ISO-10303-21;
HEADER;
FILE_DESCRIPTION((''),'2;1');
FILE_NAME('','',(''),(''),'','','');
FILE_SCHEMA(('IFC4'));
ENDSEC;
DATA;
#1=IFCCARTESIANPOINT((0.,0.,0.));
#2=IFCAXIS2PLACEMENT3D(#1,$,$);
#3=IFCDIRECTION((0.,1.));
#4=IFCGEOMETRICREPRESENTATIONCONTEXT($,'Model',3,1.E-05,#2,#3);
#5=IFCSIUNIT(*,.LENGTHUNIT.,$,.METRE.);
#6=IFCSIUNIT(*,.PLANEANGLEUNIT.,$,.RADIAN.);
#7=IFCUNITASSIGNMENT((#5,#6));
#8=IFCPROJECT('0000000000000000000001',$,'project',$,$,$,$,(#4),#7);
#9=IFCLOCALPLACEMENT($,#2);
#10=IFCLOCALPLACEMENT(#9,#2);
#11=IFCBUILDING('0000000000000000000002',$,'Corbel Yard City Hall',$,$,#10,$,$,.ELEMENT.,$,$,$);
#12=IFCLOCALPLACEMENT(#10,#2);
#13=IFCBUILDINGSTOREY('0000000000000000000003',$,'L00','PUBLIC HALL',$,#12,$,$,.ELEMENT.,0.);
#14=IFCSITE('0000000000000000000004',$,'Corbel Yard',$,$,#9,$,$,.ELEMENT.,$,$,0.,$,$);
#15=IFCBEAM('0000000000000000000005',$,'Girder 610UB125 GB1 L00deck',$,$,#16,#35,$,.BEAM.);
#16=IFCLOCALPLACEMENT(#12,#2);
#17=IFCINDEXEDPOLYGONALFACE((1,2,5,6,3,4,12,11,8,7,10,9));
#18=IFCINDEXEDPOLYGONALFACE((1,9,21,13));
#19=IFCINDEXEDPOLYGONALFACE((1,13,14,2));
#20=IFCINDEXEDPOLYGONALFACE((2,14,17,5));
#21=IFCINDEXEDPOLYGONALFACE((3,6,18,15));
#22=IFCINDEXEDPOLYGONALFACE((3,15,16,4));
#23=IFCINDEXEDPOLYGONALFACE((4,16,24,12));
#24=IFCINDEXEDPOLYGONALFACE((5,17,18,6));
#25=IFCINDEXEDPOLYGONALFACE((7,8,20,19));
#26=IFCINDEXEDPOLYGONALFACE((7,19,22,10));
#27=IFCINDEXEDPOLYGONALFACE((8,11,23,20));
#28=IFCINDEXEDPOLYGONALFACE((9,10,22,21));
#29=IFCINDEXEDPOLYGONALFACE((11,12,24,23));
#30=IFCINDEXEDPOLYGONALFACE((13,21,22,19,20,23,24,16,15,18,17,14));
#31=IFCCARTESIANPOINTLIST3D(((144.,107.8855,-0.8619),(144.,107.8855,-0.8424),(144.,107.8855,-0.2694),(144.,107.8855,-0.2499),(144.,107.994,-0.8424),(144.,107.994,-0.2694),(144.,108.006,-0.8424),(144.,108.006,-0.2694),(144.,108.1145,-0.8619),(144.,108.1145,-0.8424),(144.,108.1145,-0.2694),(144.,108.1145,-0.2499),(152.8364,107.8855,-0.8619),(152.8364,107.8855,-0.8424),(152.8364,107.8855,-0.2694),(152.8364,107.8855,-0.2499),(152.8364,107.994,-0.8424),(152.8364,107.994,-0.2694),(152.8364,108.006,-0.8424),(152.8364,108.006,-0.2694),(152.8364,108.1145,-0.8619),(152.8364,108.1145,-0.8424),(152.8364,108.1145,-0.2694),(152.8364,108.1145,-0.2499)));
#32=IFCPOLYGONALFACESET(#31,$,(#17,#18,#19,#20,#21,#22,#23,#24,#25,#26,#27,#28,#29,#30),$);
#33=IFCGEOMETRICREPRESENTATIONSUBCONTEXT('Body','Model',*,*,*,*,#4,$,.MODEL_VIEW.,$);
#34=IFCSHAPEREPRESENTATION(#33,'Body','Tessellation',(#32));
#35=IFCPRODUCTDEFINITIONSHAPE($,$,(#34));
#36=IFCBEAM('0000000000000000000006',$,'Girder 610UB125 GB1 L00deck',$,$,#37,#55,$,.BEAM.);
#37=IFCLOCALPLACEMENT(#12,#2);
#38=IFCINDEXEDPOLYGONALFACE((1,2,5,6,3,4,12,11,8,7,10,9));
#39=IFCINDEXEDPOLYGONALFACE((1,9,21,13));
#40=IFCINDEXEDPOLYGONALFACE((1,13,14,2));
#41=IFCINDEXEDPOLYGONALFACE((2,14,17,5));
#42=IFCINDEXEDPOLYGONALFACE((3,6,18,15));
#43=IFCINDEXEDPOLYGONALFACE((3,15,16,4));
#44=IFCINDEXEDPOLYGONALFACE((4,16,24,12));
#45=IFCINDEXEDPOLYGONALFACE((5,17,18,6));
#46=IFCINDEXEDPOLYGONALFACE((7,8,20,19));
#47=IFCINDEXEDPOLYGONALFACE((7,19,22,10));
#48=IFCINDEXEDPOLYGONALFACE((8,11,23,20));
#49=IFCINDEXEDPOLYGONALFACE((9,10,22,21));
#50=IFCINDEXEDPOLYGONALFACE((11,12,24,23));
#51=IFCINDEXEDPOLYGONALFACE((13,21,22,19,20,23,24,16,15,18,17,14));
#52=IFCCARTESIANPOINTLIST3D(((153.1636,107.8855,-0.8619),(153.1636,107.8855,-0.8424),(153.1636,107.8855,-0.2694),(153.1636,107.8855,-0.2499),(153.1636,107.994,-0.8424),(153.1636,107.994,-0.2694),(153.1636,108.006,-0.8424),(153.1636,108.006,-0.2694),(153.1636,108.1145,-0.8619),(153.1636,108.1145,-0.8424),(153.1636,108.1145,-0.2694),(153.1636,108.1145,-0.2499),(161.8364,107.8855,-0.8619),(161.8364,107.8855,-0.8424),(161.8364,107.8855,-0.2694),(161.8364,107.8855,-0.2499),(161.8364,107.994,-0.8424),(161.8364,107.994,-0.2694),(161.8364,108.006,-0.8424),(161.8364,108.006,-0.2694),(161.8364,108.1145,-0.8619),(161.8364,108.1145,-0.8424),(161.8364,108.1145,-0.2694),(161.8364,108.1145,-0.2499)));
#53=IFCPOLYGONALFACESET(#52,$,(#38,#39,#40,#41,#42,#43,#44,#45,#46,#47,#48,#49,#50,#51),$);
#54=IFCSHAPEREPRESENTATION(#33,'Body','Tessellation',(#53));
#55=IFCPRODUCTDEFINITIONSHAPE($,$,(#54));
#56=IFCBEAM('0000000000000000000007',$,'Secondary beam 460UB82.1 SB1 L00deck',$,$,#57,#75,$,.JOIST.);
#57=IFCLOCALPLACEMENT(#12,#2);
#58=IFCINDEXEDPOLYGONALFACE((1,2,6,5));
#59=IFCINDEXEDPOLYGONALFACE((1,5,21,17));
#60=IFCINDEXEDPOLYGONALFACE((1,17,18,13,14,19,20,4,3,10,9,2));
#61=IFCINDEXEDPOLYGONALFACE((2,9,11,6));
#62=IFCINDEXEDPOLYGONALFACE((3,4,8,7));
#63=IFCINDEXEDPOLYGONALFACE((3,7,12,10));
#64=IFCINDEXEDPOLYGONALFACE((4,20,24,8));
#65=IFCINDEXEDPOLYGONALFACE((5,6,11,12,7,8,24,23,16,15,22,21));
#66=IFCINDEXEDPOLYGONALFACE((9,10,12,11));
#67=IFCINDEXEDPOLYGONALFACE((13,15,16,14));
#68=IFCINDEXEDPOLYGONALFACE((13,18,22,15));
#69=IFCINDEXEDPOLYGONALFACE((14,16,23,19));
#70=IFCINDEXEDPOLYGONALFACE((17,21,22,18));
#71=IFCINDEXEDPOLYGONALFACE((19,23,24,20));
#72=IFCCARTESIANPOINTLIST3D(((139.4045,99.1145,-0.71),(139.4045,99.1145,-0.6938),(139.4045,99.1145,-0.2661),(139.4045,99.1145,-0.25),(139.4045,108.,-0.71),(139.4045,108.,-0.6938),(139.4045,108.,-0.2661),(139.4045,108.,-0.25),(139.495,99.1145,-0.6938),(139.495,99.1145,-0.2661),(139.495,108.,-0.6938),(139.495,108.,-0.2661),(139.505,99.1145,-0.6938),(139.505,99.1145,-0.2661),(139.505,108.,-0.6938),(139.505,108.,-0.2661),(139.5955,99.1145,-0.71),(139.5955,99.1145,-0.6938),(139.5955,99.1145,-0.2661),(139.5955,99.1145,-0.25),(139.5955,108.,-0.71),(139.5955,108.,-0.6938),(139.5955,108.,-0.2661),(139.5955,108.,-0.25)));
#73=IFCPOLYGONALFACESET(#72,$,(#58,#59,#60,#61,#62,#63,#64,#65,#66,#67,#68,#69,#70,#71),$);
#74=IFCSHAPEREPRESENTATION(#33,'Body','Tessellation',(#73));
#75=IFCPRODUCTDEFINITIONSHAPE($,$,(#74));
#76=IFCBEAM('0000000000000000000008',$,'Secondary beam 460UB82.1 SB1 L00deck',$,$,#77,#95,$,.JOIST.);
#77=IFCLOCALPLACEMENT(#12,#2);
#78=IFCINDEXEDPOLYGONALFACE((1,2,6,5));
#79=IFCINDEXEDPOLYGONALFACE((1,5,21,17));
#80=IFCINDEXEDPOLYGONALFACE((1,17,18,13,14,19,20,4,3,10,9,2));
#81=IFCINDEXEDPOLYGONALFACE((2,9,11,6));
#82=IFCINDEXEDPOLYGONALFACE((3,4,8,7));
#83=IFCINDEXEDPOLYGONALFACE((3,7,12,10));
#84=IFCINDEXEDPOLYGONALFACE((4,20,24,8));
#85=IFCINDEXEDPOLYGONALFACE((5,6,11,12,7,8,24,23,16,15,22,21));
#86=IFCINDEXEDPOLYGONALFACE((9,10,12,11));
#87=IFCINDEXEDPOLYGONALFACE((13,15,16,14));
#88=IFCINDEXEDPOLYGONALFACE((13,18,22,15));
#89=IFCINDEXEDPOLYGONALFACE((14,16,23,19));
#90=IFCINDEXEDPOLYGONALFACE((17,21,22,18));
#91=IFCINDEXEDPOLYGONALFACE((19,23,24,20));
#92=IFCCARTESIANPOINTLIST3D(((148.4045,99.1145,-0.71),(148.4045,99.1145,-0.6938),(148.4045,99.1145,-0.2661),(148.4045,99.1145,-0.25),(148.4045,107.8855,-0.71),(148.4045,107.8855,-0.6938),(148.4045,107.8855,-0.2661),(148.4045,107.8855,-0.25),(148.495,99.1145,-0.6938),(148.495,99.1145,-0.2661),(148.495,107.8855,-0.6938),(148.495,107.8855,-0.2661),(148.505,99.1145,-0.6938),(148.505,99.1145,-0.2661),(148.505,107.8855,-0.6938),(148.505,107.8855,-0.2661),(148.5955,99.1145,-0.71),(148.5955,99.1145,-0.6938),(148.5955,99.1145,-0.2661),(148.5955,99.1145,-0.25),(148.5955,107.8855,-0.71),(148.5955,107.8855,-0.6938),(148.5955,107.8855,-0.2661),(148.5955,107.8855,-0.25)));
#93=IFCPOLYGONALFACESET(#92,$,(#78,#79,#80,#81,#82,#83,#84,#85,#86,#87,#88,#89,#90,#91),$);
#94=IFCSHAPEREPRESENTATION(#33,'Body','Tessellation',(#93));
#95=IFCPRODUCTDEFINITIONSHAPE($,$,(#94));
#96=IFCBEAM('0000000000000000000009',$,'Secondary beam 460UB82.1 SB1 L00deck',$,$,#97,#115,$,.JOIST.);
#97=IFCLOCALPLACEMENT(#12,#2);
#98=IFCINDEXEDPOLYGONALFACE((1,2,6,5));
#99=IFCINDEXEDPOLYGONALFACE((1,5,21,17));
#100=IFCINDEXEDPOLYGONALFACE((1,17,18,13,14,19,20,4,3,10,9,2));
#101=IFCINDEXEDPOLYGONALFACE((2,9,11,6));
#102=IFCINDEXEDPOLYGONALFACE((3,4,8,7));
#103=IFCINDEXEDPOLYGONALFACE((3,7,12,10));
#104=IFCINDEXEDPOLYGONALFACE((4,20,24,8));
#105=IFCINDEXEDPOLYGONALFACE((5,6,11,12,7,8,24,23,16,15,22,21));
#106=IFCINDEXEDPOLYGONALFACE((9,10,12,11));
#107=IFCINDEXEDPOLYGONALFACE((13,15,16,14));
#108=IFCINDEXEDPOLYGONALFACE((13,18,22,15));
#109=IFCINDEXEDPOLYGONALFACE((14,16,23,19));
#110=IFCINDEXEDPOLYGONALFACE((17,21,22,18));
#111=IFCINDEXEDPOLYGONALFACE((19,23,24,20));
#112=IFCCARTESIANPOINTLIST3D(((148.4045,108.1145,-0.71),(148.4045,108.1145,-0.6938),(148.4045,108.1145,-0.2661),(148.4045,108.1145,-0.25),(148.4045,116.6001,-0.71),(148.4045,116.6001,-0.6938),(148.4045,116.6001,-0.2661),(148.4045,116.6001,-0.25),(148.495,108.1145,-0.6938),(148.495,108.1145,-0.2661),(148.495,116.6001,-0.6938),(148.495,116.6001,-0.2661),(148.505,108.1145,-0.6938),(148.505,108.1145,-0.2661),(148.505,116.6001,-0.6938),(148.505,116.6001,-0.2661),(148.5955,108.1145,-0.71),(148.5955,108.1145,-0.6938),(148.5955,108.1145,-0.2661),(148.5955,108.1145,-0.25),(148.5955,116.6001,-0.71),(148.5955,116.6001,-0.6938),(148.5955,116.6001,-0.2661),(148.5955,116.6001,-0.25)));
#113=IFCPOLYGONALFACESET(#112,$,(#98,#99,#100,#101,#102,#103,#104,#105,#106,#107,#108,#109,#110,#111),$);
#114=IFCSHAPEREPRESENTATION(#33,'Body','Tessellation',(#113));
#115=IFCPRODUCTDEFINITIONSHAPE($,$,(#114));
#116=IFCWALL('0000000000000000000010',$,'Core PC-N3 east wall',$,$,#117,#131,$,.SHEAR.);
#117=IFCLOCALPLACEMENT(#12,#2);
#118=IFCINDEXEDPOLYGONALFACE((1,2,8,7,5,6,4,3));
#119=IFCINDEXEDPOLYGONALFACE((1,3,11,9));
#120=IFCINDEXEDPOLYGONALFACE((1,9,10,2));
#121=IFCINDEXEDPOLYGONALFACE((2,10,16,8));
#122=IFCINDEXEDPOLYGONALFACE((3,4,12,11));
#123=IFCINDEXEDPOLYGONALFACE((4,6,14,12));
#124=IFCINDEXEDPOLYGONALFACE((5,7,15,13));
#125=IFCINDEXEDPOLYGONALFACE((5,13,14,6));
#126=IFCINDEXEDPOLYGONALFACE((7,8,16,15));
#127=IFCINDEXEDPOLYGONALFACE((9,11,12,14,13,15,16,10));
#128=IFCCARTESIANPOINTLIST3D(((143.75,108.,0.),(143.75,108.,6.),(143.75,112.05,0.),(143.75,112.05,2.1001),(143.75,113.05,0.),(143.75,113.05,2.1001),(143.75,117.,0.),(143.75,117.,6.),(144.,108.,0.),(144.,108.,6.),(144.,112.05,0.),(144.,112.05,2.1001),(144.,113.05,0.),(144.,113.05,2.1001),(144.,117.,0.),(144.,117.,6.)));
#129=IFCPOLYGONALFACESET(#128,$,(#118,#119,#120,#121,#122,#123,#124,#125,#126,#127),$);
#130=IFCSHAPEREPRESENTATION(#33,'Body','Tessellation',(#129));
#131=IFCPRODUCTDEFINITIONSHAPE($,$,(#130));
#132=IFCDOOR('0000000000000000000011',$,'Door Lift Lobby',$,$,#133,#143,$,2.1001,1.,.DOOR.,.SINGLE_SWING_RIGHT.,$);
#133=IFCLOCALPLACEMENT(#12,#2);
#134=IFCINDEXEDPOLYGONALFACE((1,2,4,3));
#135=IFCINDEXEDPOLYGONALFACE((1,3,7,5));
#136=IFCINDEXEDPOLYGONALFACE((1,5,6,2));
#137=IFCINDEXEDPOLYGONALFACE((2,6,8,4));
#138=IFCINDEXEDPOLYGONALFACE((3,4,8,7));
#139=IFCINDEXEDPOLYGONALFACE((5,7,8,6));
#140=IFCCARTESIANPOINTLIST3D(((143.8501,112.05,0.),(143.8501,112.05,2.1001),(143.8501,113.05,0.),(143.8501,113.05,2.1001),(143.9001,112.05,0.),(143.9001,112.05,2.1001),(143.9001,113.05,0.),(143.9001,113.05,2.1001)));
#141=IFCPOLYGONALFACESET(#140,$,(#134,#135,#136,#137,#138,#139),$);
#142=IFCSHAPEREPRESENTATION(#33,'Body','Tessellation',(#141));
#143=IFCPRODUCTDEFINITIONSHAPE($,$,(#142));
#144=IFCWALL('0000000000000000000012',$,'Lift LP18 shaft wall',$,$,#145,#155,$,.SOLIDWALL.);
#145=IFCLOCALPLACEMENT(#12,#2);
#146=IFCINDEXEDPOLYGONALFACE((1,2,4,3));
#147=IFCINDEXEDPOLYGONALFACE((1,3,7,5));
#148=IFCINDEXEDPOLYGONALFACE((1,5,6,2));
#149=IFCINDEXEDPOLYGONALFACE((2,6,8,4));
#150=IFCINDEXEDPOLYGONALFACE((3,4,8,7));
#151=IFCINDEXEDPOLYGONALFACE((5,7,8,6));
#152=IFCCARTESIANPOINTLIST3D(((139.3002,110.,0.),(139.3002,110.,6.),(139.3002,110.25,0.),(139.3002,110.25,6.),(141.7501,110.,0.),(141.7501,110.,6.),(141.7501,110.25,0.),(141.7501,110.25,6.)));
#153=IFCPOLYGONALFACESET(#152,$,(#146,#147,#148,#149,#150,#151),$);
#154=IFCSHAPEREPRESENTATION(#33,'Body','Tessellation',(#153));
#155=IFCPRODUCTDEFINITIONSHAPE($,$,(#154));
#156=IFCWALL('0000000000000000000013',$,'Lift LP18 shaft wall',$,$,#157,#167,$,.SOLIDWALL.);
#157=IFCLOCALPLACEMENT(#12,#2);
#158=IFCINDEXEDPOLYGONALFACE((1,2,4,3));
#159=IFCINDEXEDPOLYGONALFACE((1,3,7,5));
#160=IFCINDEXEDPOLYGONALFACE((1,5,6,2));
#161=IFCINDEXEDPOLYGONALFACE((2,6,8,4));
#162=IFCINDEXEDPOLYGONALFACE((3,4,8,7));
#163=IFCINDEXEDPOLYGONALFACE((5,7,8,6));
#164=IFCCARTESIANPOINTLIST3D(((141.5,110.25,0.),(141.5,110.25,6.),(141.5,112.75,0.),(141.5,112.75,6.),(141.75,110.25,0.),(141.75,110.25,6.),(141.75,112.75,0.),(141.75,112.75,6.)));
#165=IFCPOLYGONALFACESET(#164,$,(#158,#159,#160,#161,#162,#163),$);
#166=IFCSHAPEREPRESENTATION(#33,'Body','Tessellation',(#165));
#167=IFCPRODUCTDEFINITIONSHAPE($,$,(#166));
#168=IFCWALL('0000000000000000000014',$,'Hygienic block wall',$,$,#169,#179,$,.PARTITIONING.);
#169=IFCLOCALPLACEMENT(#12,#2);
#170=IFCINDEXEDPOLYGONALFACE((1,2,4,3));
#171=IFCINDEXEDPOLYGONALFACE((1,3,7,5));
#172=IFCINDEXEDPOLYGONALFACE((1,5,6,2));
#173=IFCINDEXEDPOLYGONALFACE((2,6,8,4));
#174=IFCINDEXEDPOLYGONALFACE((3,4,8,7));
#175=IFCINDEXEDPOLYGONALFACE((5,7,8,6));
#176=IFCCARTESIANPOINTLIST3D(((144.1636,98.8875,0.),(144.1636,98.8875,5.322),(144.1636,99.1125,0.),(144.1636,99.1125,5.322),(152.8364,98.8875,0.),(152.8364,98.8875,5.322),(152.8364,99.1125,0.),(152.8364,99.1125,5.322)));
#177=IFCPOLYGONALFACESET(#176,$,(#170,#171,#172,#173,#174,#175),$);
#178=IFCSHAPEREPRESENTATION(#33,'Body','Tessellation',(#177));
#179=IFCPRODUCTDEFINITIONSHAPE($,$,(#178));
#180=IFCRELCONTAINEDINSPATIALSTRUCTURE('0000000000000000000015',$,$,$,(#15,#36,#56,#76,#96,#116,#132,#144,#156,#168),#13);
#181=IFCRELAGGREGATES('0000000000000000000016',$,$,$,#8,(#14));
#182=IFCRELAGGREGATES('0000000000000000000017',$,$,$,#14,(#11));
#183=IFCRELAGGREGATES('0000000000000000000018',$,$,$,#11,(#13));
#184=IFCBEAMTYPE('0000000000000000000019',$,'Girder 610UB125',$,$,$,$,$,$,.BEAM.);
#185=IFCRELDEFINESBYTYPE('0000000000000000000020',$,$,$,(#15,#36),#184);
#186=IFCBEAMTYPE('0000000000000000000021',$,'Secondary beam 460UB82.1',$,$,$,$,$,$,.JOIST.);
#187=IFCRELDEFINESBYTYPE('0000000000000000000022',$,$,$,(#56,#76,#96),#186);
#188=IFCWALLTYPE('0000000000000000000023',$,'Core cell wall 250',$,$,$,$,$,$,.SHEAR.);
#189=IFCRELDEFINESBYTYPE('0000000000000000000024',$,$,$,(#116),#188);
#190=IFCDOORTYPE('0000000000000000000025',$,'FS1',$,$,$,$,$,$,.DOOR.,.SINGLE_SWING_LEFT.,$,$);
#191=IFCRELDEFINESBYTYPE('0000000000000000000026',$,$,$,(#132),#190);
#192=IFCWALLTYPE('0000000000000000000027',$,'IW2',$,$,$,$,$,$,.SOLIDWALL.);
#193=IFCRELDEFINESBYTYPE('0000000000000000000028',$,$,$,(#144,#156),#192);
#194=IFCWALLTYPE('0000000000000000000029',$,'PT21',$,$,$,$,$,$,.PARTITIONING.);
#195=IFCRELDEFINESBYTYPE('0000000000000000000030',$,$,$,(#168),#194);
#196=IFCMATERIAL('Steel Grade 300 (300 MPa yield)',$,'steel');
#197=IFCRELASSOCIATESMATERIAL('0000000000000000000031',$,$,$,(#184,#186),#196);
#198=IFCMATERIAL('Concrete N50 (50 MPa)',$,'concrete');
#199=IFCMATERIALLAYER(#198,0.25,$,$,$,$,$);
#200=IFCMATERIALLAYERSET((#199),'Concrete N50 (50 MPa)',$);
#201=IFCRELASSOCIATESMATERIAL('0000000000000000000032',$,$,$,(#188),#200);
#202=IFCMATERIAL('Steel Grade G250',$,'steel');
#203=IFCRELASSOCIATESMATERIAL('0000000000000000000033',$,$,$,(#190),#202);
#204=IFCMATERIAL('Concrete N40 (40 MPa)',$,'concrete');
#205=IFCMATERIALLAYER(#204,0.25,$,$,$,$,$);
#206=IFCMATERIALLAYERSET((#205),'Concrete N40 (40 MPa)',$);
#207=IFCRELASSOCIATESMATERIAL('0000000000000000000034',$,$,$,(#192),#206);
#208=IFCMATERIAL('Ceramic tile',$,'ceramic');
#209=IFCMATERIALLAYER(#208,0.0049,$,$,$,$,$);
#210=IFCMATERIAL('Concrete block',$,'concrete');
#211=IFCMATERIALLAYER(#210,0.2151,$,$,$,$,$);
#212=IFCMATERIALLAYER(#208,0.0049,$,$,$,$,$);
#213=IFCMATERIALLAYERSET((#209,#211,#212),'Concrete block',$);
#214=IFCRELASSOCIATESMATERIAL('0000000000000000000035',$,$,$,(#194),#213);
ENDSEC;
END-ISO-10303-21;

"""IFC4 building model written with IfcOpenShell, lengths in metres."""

from ifc_helpers import new_model, si_unit, direction, frame, frame_2d, origin, origin_2d, place, context, subcontext, project, spatial, rectangle, i_section, extrude, material, layer, layer_set, material_profile, profile_set, type_object, element, fill, save


model = new_model("IFC4")

# Units and contexts
model_context = context("Model", 3, precision=1e-05, world=origin(), true_north=direction((0.0, 1.0)))
body_context = subcontext(model_context, "Body", "Model", "MODEL_VIEW")
ifc_project = project(units=[si_unit("LENGTHUNIT", "METRE"), si_unit("PLANEANGLEUNIT", "RADIAN")], contexts=[model_context])

# Site, building, storey
site_placement = place(None, origin())
site = spatial("IfcSite", under=ifc_project, at=site_placement, Name="Corbel Yard", CompositionType="ELEMENT", RefElevation=0.0)
building_placement = place(site_placement, origin())
building = spatial("IfcBuilding", under=site, at=building_placement, Name="Corbel Yard City Hall", CompositionType="ELEMENT")
storey_placement = place(building_placement, origin())
storey = spatial("IfcBuildingStorey", under=building, at=storey_placement, Name="L00", Description="PUBLIC HALL", CompositionType="ELEMENT", Elevation=0.0)

# Shared definitions
ifc_material_1 = material(Name="Steel Grade 300 (300 MPa yield)", Category="steel")

# Beams
ifc_material_profile_1 = material_profile(ifc_material_1, i_section(OverallWidth=0.229, OverallDepth=0.6121, WebThickness=0.012, FlangeThickness=0.0195, at=origin_2d()), Name="610UB125")
ifc_profile_set_1 = profile_set([ifc_material_profile_1], Name="Steel Grade 300 (300 MPa yield)")
beam_type_1 = type_object("IfcBeamType", Name="Girder 610UB125", PredefinedType="BEAM", material=ifc_profile_set_1)
beam_1_placement = place(storey_placement, frame((144.0, 108.0, -0.5559), z_axis=(1.0, 0.0, 0.0), x_axis=(0.0, 1.0, 0.0)))
element("IfcBeam", 1, at=beam_1_placement, inside=storey, type_object=beam_type_1, Name="Girder 610UB125 GB1 L00deck", PredefinedType="BEAM", context=body_context, shape_type="SweptSolid", body=[
    extrude(i_section(OverallWidth=0.229, OverallDepth=0.6121, WebThickness=0.012, FlangeThickness=0.0195, at=origin_2d()), origin(), (0.0, 0.0, 1.0), 8.8364),
])
beam_2_placement = place(storey_placement, frame((153.1636, 108.0, -0.5559), z_axis=(1.0, 0.0, 0.0), x_axis=(0.0, 1.0, 0.0)))
element("IfcBeam", 2, at=beam_2_placement, inside=storey, type_object=beam_type_1, Name="Girder 610UB125 GB1 L00deck", PredefinedType="BEAM", context=body_context, shape_type="SweptSolid", body=[
    extrude(i_section(OverallWidth=0.229, OverallDepth=0.6121, WebThickness=0.012, FlangeThickness=0.0195, at=origin_2d()), origin(), (0.0, 0.0, 1.0), 8.6729),
])
ifc_material_profile_2 = material_profile(ifc_material_1, i_section(OverallWidth=0.1909, OverallDepth=0.46, WebThickness=0.01, FlangeThickness=0.0161, at=origin_2d()), Name="460UB82.1")
ifc_profile_set_2 = profile_set([ifc_material_profile_2], Name="Steel Grade 300 (300 MPa yield)")
beam_type_2 = type_object("IfcBeamType", Name="Secondary beam 460UB82.1", PredefinedType="JOIST", material=ifc_profile_set_2)
beam_3_placement = place(storey_placement, frame((139.5, 99.1145, -0.48), z_axis=(0.0, 1.0, 0.0), x_axis=(-1.0, 0.0, 0.0)))
element("IfcBeam", 3, at=beam_3_placement, inside=storey, type_object=beam_type_2, Name="Secondary beam 460UB82.1 SB1 L00deck", PredefinedType="JOIST", context=body_context, shape_type="SweptSolid", body=[
    extrude(i_section(OverallWidth=0.1909, OverallDepth=0.46, WebThickness=0.01, FlangeThickness=0.0161, at=origin_2d()), origin(), (0.0, 0.0, 1.0), 8.8855),
])
beam_4_placement = place(storey_placement, frame((148.5, 99.1145, -0.48), z_axis=(0.0, 1.0, 0.0), x_axis=(-1.0, 0.0, 0.0)))
element("IfcBeam", 4, at=beam_4_placement, inside=storey, type_object=beam_type_2, Name="Secondary beam 460UB82.1 SB1 L00deck", PredefinedType="JOIST", context=body_context, shape_type="SweptSolid", body=[
    extrude(i_section(OverallWidth=0.1909, OverallDepth=0.46, WebThickness=0.01, FlangeThickness=0.0161, at=origin_2d()), origin(), (0.0, 0.0, 1.0), 8.771),
])
beam_5_placement = place(storey_placement, frame((148.5, 108.1145, -0.48), z_axis=(0.0, 1.0, 0.0), x_axis=(-1.0, 0.0, 0.0)))
element("IfcBeam", 5, at=beam_5_placement, inside=storey, type_object=beam_type_2, Name="Secondary beam 460UB82.1 SB1 L00deck", PredefinedType="JOIST", context=body_context, shape_type="SweptSolid", body=[
    extrude(i_section(OverallWidth=0.1909, OverallDepth=0.46, WebThickness=0.01, FlangeThickness=0.0161, at=origin_2d()), origin(), (0.0, 0.0, 1.0), 8.4856),
])

# Wall, opening, door
ifc_material_2 = material(Name="Concrete N50 (50 MPa)", Category="concrete")
ifc_layer_1 = layer(ifc_material_2, 0.25)
ifc_layer_set_1 = layer_set([ifc_layer_1], Name="Concrete N50 (50 MPa)")
wall_type_1 = type_object("IfcWallType", Name="Core cell wall 250", PredefinedType="SHEAR", material=ifc_layer_set_1)
wall_1_placement = place(storey_placement, frame((143.875, 108.0, 0.0), z_axis=(0.0, 0.0, 1.0), x_axis=(0.0, 1.0, 0.0)))
wall_1 = element("IfcWall", 6, at=wall_1_placement, inside=storey, type_object=wall_type_1, Name="Core PC-N3 east wall", PredefinedType="SHEAR", context=body_context, shape_type="SweptSolid", body=[
    extrude(rectangle(XDim=9.0, YDim=0.25, at=frame_2d((4.5, 0.0))), origin(), (0.0, 0.0, 1.0), 6.0),
])
opening_1_placement = place(wall_1_placement, frame((4.05, 0.0, 0.0)))
opening_1 = element("IfcOpeningElement", 7, at=opening_1_placement, cuts=wall_1, PredefinedType="OPENING", context=body_context, shape_type="SweptSolid", body=[
    extrude(rectangle(XDim=1.0, YDim=2.1001, at=frame_2d((0.5, 1.05))), frame((0.0, 0.135, 0.0), z_axis=(0.0, -1.0, 0.0), x_axis=(1.0, 0.0, 0.0)), (0.0, 0.0, 1.0), 0.27),
])
ifc_material_3 = material(Name="Steel Grade G250", Category="steel")
door_type_1 = type_object("IfcDoorType", Name="FS1", OperationType="SINGLE_SWING_LEFT", PredefinedType="DOOR", material=ifc_material_3)
door_1_placement = place(opening_1_placement, origin())
door_1 = element("IfcDoor", 8, at=door_1_placement, inside=storey, type_object=door_type_1, Name="Door Lift Lobby", OperationType="SINGLE_SWING_RIGHT", OverallHeight=2.1001, OverallWidth=1.0, PredefinedType="DOOR", context=body_context, shape_type="SweptSolid", body=[
    extrude(rectangle(XDim=1.0, YDim=2.1001, at=frame_2d((0.5, 1.05))), frame((0.0, 0.0249, 0.0), z_axis=(0.0, -1.0, 0.0), x_axis=(1.0, 0.0, 0.0)), (0.0, 0.0, 1.0), 0.05),
])
fill(opening_1, door_1)

# Walls
ifc_material_4 = material(Name="Concrete N40 (40 MPa)", Category="concrete")
ifc_layer_2 = layer(ifc_material_4, 0.25)
ifc_layer_set_2 = layer_set([ifc_layer_2], Name="Concrete N40 (40 MPa)")
wall_type_2 = type_object("IfcWallType", Name="IW2", PredefinedType="SOLIDWALL", material=ifc_layer_set_2)
wall_2_placement = place(storey_placement, frame((139.3, 110.125, 0.0), z_axis=(0.0, 0.0, 1.0), x_axis=(1.0, 0.0, 0.0)))
element("IfcWall", 9, at=wall_2_placement, inside=storey, type_object=wall_type_2, Name="Lift LP18 shaft wall", PredefinedType="SOLIDWALL", context=body_context, shape_type="SweptSolid", body=[
    extrude(rectangle(XDim=2.45, YDim=0.25, at=frame_2d((1.2251, 0.0))), origin(), (0.0, 0.0, 1.0), 6.0),
])
wall_3_placement = place(storey_placement, frame((141.625, 110.25, 0.0), z_axis=(0.0, 0.0, 1.0), x_axis=(0.0, 1.0, 0.0)))
element("IfcWall", 10, at=wall_3_placement, inside=storey, type_object=wall_type_2, Name="Lift LP18 shaft wall", PredefinedType="SOLIDWALL", context=body_context, shape_type="SweptSolid", body=[
    extrude(rectangle(XDim=2.5, YDim=0.25, at=frame_2d((1.25, 0.0))), origin(), (0.0, 0.0, 1.0), 6.0),
])
ifc_material_5 = material(Name="Ceramic tile", Category="ceramic")
ifc_layer_3 = layer(ifc_material_5, 0.0049)
ifc_material_6 = material(Name="Concrete block", Category="concrete")
ifc_layer_4 = layer(ifc_material_6, 0.2151)
ifc_layer_5 = layer(ifc_material_5, 0.0049)
ifc_layer_set_3 = layer_set([ifc_layer_3, ifc_layer_4, ifc_layer_5], Name="Concrete block")
wall_type_3 = type_object("IfcWallType", Name="PT21", PredefinedType="PARTITIONING", material=ifc_layer_set_3)
wall_4_placement = place(storey_placement, frame((144.1636, 99.0, 0.0), z_axis=(0.0, 0.0, 1.0), x_axis=(1.0, 0.0, 0.0)))
element("IfcWall", 11, at=wall_4_placement, inside=storey, type_object=wall_type_3, Name="Hygienic block wall", PredefinedType="PARTITIONING", context=body_context, shape_type="SweptSolid", body=[
    extrude(rectangle(XDim=8.6729, YDim=0.2251, at=frame_2d((4.3364, 0.0))), origin(), (0.0, 0.0, 1.0), 5.322),
])

save(model, "model.ifc")
